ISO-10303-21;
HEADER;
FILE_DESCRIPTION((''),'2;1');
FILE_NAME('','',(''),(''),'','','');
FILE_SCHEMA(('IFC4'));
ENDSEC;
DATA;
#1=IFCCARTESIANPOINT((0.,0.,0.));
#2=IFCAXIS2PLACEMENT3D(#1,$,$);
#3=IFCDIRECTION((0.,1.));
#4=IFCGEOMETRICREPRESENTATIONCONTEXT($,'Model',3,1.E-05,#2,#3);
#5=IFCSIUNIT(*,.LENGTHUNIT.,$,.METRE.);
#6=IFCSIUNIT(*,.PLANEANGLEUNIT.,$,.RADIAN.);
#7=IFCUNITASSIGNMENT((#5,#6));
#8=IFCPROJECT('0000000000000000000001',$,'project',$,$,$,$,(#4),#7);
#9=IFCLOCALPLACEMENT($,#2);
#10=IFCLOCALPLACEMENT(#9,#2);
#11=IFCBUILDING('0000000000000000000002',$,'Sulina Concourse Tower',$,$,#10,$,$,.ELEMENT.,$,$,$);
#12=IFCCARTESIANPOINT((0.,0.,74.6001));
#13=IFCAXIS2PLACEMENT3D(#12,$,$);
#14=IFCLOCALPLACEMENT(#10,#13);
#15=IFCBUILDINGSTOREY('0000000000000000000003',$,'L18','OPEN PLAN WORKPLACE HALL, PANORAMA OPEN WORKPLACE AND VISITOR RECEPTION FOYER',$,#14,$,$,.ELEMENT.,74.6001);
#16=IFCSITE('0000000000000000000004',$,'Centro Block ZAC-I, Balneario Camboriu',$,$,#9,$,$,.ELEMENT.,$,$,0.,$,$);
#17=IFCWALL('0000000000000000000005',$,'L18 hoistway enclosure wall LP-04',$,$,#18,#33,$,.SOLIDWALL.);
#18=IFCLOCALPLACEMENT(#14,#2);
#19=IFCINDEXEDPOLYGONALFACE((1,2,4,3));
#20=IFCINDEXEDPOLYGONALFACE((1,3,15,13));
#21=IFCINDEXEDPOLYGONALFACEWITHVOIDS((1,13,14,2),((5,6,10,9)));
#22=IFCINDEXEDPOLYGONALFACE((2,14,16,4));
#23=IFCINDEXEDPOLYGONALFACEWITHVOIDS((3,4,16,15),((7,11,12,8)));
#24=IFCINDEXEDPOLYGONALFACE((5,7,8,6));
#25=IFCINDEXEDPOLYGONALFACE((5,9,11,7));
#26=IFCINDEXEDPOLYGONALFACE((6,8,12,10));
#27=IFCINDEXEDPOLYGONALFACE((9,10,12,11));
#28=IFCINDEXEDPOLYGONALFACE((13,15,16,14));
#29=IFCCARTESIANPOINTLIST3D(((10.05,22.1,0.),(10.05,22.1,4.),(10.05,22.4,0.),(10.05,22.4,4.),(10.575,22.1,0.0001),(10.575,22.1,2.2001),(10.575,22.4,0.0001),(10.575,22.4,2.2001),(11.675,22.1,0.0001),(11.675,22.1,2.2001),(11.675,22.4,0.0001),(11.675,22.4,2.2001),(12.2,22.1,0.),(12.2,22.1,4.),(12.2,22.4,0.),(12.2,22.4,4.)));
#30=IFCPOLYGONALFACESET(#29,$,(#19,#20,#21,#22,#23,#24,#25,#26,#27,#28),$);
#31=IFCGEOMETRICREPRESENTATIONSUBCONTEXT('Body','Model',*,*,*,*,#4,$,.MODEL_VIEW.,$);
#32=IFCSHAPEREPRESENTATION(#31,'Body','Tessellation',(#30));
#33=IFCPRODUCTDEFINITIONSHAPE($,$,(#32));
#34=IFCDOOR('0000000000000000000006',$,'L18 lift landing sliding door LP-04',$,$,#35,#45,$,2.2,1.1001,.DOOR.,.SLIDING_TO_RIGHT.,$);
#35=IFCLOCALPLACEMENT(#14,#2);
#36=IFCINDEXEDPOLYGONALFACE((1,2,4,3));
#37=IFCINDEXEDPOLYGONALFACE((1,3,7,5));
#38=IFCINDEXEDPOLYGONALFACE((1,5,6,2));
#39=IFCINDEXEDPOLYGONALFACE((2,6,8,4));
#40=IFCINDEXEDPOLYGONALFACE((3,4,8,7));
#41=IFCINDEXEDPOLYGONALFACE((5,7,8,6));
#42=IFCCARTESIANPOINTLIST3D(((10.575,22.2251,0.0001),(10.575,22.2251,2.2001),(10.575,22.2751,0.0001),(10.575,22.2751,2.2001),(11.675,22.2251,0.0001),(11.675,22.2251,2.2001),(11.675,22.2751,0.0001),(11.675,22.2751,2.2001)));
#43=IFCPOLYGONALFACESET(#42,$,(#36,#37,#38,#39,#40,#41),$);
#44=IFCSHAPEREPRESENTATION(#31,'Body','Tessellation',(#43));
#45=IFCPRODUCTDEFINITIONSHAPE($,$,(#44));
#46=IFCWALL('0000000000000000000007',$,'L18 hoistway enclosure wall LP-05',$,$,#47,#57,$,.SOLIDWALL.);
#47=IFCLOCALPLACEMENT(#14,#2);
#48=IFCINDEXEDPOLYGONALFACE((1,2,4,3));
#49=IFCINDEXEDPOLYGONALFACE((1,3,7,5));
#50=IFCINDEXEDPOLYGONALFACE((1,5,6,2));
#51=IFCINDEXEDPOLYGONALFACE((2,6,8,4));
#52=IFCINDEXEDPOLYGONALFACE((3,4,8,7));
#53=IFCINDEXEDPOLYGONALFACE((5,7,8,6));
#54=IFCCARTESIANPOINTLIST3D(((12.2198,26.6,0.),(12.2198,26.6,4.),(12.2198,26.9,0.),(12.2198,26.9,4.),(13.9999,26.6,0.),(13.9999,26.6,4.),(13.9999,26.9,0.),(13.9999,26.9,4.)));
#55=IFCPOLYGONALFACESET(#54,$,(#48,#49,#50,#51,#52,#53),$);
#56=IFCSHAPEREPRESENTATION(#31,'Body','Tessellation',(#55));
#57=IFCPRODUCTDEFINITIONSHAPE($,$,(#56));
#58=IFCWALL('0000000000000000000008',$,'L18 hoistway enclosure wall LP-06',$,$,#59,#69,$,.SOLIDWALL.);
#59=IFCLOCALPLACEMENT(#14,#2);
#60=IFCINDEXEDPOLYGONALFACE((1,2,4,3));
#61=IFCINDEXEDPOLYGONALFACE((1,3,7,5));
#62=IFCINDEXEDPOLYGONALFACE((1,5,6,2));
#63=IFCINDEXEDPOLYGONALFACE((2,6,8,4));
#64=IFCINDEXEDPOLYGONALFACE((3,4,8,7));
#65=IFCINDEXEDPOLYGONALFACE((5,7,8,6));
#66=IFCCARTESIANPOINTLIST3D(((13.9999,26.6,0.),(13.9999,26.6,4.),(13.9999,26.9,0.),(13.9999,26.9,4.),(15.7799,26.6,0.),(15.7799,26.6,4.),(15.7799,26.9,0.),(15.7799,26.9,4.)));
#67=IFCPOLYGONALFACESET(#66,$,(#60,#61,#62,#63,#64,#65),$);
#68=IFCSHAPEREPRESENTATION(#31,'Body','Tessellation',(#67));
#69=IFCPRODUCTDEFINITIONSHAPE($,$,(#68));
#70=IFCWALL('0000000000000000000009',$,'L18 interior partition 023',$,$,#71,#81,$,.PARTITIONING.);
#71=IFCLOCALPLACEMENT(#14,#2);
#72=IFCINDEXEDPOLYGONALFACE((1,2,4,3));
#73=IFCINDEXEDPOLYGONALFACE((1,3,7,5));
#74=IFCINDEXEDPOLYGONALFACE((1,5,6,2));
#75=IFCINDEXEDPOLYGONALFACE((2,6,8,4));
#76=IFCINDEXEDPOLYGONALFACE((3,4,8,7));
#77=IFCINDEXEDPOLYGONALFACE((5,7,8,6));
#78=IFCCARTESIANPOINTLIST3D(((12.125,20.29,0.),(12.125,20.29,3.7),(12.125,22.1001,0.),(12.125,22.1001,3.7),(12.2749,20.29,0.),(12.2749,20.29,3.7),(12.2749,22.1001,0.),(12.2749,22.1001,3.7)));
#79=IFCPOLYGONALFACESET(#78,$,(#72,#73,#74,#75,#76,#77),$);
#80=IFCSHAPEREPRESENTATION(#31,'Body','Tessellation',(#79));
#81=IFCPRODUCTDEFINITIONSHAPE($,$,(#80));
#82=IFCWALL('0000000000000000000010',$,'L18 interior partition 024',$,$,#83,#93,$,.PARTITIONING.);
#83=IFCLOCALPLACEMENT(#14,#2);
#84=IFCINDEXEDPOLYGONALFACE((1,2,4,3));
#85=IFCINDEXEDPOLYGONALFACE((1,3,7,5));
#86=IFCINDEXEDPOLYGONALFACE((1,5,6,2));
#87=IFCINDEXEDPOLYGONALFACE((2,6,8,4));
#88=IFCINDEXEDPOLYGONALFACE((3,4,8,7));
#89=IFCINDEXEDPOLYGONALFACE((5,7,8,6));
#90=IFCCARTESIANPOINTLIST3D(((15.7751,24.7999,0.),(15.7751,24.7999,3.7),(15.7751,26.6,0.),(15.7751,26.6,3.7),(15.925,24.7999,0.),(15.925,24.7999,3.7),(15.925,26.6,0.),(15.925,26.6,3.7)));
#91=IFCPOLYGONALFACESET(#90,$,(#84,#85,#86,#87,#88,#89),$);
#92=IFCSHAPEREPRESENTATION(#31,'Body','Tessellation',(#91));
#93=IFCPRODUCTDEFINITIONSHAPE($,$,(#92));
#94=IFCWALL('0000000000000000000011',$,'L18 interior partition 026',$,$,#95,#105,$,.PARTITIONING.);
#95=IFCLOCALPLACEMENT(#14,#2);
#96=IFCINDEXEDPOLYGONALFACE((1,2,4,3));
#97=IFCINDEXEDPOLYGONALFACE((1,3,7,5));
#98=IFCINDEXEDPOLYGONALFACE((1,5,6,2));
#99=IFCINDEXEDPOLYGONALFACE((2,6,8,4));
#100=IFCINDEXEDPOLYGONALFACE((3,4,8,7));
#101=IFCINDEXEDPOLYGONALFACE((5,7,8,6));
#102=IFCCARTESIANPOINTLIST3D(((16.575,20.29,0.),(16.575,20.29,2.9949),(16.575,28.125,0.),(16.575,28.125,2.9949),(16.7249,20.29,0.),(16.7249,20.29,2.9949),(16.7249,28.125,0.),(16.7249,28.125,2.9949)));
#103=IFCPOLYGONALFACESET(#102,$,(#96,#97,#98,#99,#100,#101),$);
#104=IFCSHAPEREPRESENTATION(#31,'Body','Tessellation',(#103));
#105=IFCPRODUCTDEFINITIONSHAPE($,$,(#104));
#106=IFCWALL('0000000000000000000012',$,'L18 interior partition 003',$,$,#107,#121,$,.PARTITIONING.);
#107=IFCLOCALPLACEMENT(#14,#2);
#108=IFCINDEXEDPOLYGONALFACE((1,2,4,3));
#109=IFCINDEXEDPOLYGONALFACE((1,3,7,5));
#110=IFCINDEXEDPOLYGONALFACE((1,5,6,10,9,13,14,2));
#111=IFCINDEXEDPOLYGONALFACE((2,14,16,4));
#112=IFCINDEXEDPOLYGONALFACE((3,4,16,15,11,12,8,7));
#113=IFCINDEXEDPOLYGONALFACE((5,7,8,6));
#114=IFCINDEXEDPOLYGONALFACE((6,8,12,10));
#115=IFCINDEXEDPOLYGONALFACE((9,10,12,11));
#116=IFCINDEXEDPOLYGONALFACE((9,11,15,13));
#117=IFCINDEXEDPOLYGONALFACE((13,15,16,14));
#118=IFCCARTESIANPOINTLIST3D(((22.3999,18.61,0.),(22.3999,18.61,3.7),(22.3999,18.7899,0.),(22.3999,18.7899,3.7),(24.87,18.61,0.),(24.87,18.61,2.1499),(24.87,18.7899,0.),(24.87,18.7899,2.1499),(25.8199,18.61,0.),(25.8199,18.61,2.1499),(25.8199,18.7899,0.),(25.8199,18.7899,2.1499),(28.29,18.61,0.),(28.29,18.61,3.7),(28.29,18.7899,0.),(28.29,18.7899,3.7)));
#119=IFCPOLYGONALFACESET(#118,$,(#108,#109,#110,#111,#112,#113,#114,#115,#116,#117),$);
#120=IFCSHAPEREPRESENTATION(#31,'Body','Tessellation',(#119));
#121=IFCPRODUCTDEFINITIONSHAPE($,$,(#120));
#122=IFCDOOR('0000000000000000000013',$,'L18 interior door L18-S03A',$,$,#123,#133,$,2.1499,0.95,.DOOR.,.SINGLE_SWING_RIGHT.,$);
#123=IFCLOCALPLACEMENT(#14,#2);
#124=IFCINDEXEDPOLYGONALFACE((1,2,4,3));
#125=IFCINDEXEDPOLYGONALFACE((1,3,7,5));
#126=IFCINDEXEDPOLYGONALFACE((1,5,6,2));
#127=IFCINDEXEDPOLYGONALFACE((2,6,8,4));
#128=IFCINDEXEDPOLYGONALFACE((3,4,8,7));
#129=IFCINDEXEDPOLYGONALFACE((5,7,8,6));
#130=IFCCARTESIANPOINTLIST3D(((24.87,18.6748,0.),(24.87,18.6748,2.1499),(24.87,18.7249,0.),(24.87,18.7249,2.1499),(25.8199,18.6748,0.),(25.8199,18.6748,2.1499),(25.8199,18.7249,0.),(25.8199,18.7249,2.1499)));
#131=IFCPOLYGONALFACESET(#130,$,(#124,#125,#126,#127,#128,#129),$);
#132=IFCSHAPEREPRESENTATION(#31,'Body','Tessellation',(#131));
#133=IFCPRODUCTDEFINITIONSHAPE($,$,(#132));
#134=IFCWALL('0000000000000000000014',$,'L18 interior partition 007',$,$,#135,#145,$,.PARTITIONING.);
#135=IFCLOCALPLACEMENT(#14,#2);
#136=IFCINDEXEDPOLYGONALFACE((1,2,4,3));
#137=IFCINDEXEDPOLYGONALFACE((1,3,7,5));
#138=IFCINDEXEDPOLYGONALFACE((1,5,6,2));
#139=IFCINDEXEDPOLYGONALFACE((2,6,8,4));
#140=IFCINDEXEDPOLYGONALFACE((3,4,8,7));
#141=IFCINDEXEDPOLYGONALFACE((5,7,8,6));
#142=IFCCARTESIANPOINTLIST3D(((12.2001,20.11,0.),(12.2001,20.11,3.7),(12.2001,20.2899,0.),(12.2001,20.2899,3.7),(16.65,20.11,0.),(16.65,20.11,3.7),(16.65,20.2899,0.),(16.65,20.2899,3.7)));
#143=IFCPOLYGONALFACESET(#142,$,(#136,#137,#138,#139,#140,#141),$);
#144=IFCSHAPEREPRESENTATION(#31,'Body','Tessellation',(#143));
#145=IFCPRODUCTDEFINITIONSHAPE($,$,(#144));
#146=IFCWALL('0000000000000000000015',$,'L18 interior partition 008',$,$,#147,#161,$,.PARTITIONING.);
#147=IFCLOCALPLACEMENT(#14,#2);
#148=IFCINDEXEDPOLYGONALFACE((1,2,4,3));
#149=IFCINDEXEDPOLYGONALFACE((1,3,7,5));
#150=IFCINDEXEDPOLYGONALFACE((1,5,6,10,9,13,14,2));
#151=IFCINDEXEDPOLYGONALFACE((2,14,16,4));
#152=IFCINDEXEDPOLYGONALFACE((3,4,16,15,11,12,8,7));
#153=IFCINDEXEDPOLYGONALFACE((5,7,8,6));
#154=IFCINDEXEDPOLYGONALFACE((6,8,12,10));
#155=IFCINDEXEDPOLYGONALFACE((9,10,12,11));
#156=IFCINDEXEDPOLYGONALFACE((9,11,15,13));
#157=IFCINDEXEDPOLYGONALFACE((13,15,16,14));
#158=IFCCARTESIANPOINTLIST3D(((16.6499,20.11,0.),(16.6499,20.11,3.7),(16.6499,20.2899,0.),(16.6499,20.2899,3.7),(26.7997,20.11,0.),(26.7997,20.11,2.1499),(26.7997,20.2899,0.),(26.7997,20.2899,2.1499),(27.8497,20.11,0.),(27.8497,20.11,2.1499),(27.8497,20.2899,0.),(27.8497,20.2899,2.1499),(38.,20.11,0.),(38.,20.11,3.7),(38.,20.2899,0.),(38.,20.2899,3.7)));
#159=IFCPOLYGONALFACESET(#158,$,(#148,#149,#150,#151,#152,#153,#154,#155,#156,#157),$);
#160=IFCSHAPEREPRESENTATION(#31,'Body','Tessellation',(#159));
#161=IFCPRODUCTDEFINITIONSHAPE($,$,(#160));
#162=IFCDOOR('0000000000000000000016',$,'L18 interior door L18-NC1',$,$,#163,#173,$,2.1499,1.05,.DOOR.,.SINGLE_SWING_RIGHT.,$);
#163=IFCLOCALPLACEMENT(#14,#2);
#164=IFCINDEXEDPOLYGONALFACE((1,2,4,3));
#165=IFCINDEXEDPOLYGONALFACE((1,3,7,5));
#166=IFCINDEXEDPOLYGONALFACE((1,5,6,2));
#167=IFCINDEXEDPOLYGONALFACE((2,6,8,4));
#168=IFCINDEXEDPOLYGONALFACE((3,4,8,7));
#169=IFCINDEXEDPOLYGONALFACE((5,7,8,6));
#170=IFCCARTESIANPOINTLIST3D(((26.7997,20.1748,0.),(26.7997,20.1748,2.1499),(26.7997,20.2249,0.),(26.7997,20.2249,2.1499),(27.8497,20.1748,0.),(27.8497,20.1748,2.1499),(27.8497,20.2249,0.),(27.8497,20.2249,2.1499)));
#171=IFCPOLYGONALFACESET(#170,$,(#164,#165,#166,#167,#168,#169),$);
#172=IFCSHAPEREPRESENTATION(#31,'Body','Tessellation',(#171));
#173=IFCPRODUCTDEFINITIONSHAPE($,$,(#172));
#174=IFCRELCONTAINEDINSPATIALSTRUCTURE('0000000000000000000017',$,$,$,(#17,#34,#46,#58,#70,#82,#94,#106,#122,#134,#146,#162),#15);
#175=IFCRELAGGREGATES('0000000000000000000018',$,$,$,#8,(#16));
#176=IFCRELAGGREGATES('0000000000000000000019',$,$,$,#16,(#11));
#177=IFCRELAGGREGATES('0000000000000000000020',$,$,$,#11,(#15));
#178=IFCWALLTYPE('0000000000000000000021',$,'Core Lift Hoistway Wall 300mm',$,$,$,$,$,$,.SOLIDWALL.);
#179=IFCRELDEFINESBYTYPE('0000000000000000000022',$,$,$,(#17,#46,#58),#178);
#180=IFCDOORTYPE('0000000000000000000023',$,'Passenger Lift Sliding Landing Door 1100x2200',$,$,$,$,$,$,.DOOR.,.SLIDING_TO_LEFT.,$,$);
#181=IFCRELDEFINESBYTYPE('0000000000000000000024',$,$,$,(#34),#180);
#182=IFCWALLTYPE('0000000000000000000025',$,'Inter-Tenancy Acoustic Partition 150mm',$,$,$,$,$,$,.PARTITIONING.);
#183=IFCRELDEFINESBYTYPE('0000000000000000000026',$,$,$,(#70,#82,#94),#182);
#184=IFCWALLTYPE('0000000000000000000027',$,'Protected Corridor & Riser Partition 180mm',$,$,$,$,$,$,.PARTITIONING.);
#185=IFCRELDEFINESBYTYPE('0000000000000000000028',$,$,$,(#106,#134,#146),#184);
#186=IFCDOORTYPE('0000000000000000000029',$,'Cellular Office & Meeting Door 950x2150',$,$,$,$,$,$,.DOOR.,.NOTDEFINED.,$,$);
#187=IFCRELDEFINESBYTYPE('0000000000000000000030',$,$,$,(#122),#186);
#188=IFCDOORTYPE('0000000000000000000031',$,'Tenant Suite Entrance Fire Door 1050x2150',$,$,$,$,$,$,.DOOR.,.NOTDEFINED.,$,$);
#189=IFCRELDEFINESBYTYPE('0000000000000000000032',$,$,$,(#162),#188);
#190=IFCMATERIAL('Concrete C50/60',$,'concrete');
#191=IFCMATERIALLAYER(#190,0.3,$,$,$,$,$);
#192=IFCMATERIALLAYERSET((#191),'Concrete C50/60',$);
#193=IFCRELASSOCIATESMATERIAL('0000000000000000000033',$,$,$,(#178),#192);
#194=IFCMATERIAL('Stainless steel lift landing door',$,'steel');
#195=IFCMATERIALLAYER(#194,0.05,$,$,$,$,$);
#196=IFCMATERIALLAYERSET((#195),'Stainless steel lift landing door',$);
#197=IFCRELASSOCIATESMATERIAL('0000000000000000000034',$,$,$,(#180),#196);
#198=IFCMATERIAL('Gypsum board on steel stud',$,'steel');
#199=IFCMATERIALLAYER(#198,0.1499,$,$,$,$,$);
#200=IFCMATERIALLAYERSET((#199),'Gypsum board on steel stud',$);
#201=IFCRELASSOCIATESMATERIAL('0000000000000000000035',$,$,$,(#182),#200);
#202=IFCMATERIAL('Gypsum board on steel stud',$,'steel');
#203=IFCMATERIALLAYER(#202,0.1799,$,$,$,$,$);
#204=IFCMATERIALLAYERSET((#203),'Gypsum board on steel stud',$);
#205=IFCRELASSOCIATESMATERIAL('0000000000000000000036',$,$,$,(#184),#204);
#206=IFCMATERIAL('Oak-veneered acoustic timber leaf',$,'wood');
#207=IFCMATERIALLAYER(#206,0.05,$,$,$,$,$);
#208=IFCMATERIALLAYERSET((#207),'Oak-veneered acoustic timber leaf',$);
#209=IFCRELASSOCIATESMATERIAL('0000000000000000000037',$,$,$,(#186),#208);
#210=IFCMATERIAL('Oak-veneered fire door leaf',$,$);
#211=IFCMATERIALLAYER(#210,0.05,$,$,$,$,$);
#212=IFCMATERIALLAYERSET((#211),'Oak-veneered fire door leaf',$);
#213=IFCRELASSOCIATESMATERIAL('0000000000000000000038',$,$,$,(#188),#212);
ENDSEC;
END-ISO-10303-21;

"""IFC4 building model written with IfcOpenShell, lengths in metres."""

from ifc_helpers import new_model, si_unit, direction, frame, frame_2d, origin, place, context, subcontext, project, spatial, rectangle, extrude, material, layer, layer_set, type_object, element, fill, save


model = new_model("IFC4")

# Units and contexts
model_context = context("Model", 3, precision=1e-05, world=origin(), true_north=direction((0.0, 1.0)))
body_context = subcontext(model_context, "Body", "Model", "MODEL_VIEW")
ifc_project = project(units=[si_unit("LENGTHUNIT", "METRE"), si_unit("PLANEANGLEUNIT", "RADIAN")], contexts=[model_context])

# Site, building, storey
site_placement = place(None, origin())
site = spatial("IfcSite", under=ifc_project, at=site_placement, Name="Centro Block ZAC-I, Balneario Camboriu", CompositionType="ELEMENT", RefElevation=0.0)
building_placement = place(site_placement, origin())
building = spatial("IfcBuilding", under=site, at=building_placement, Name="Sulina Concourse Tower", CompositionType="ELEMENT")
storey_placement = place(building_placement, frame((0.0, 0.0, 74.6001)))
storey = spatial("IfcBuildingStorey", under=building, at=storey_placement, Name="L18", Description="OPEN PLAN WORKPLACE HALL, PANORAMA OPEN WORKPLACE AND VISITOR RECEPTION FOYER", CompositionType="ELEMENT", Elevation=74.6001)

# Wall, opening, door
ifc_material_1 = material(Name="Concrete C50/60", Category="concrete")
ifc_layer_1 = layer(ifc_material_1, 0.3)
ifc_layer_set_1 = layer_set([ifc_layer_1], Name="Concrete C50/60")
wall_type_1 = type_object("IfcWallType", Name="Core Lift Hoistway Wall 300mm", PredefinedType="SOLIDWALL", material=ifc_layer_set_1)
wall_1_placement = place(storey_placement, frame((12.2, 22.25, 0.0), z_axis=(0.0, 0.0, 1.0), x_axis=(-1.0, 0.0, 0.0)))
wall_1 = element("IfcWall", 1, at=wall_1_placement, inside=storey, type_object=wall_type_1, Name="L18 hoistway enclosure wall LP-04", PredefinedType="SOLIDWALL", context=body_context, shape_type="SweptSolid", body=[
    extrude(rectangle(XDim=2.1499, YDim=0.3, at=frame_2d((1.075, 0.0))), origin(), (0.0, 0.0, 1.0), 4.0),
])
opening_1_placement = place(wall_1_placement, frame((0.5249, 0.0, 0.0)))
opening_1 = element("IfcOpeningElement", 2, at=opening_1_placement, cuts=wall_1, PredefinedType="OPENING", context=body_context, shape_type="SweptSolid", body=[
    extrude(rectangle(XDim=1.1001, YDim=2.2, at=frame_2d((0.55, 1.1001))), frame((0.0, 0.1599, 0.0), z_axis=(0.0, -1.0, 0.0), x_axis=(1.0, 0.0, 0.0)), (0.0, 0.0, 1.0), 0.3201),
])
ifc_material_2 = material(Name="Stainless steel lift landing door", Category="steel")
ifc_layer_2 = layer(ifc_material_2, 0.05)
ifc_layer_set_2 = layer_set([ifc_layer_2], Name="Stainless steel lift landing door")
door_type_1 = type_object("IfcDoorType", Name="Passenger Lift Sliding Landing Door 1100x2200", OperationType="SLIDING_TO_LEFT", PredefinedType="DOOR", material=ifc_layer_set_2)
door_1_placement = place(opening_1_placement, origin())
door_1 = element("IfcDoor", 3, at=door_1_placement, inside=storey, type_object=door_type_1, Name="L18 lift landing sliding door LP-04", OperationType="SLIDING_TO_RIGHT", OverallHeight=2.2, OverallWidth=1.1001, PredefinedType="DOOR", context=body_context, shape_type="SweptSolid", body=[
    extrude(rectangle(XDim=1.1001, YDim=2.2, at=frame_2d((0.55, 1.1001))), frame((0.0, 0.0249, 0.0), z_axis=(0.0, -1.0, 0.0), x_axis=(1.0, 0.0, 0.0)), (0.0, 0.0, 1.0), 0.05),
])
fill(opening_1, door_1)

# Walls
for number, where, z_axis, x_axis, name in (
    (4, (14.0, 26.75, 0.0), (0.0, 0.0, 1.0), (-1.0, 0.0, 0.0), "L18 hoistway enclosure wall LP-05"),
    (5, (15.78, 26.75, 0.0), (0.0, 0.0, 1.0), (-1.0, 0.0, 0.0), "L18 hoistway enclosure wall LP-06"),
):
    element("IfcWall", number, at=place(storey_placement, frame(where, z_axis=z_axis, x_axis=x_axis)), inside=storey, type_object=wall_type_1, Name=name, PredefinedType="SOLIDWALL", context=body_context, shape_type="SweptSolid", body=[
        extrude(rectangle(XDim=1.78, YDim=0.3, at=frame_2d((0.8901, 0.0))), origin(), (0.0, 0.0, 1.0), 4.0),
    ])
ifc_material_3 = material(Name="Gypsum board on steel stud", Category="steel")
ifc_layer_3 = layer(ifc_material_3, 0.1499)
ifc_layer_set_3 = layer_set([ifc_layer_3], Name="Gypsum board on steel stud")
wall_type_2 = type_object("IfcWallType", Name="Inter-Tenancy Acoustic Partition 150mm", PredefinedType="PARTITIONING", material=ifc_layer_set_3)
wall_2_placement = place(storey_placement, frame((12.2, 20.29, 0.0), z_axis=(0.0, 0.0, 1.0), x_axis=(0.0, 1.0, 0.0)))
element("IfcWall", 6, at=wall_2_placement, inside=storey, type_object=wall_type_2, Name="L18 interior partition 023", PredefinedType="PARTITIONING", context=body_context, shape_type="SweptSolid", body=[
    extrude(rectangle(XDim=1.8101, YDim=0.1499, at=frame_2d((0.905, 0.0))), origin(), (0.0, 0.0, 1.0), 3.7),
])
wall_3_placement = place(storey_placement, frame((15.8501, 24.8, 0.0), z_axis=(0.0, 0.0, 1.0), x_axis=(0.0, 1.0, 0.0)))
element("IfcWall", 7, at=wall_3_placement, inside=storey, type_object=wall_type_2, Name="L18 interior partition 024", PredefinedType="PARTITIONING", context=body_context, shape_type="SweptSolid", body=[
    extrude(rectangle(XDim=1.8, YDim=0.1499, at=frame_2d((0.8999, 0.0))), origin(), (0.0, 0.0, 1.0), 3.7),
])
wall_4_placement = place(storey_placement, frame((16.6499, 20.29, 0.0), z_axis=(0.0, 0.0, 1.0), x_axis=(0.0, 1.0, 0.0)))
element("IfcWall", 8, at=wall_4_placement, inside=storey, type_object=wall_type_2, Name="L18 interior partition 026", PredefinedType="PARTITIONING", context=body_context, shape_type="SweptSolid", body=[
    extrude(rectangle(XDim=7.835, YDim=0.1499, at=frame_2d((3.9175, 0.0))), origin(), (0.0, 0.0, 1.0), 2.9949),
])

# Wall, opening, door
ifc_material_4 = material(Name="Gypsum board on steel stud", Category="steel")
ifc_layer_4 = layer(ifc_material_4, 0.1799)
ifc_layer_set_4 = layer_set([ifc_layer_4], Name="Gypsum board on steel stud")
wall_type_3 = type_object("IfcWallType", Name="Protected Corridor & Riser Partition 180mm", PredefinedType="PARTITIONING", material=ifc_layer_set_4)
wall_5_placement = place(storey_placement, frame((22.3999, 18.7, 0.0), z_axis=(0.0, 0.0, 1.0), x_axis=(1.0, 0.0, 0.0)))
wall_5 = element("IfcWall", 9, at=wall_5_placement, inside=storey, type_object=wall_type_3, Name="L18 interior partition 003", PredefinedType="PARTITIONING", context=body_context, shape_type="SweptSolid", body=[
    extrude(rectangle(XDim=5.8901, YDim=0.1799, at=frame_2d((2.9451, 0.0))), origin(), (0.0, 0.0, 1.0), 3.7),
])
opening_2_placement = place(wall_5_placement, frame((2.47, 0.0, 0.0)))
opening_2 = element("IfcOpeningElement", 10, at=opening_2_placement, cuts=wall_5, PredefinedType="OPENING", context=body_context, shape_type="SweptSolid", body=[
    extrude(rectangle(XDim=0.95, YDim=2.1499, at=frame_2d((0.4751, 1.075))), frame((0.0, 0.0999, 0.0), z_axis=(0.0, -1.0, 0.0), x_axis=(1.0, 0.0, 0.0)), (0.0, 0.0, 1.0), 0.2),
])
ifc_material_5 = material(Name="Oak-veneered acoustic timber leaf", Category="wood")
ifc_layer_5 = layer(ifc_material_5, 0.05)
ifc_layer_set_5 = layer_set([ifc_layer_5], Name="Oak-veneered acoustic timber leaf")
door_type_2 = type_object("IfcDoorType", Name="Cellular Office & Meeting Door 950x2150", OperationType="NOTDEFINED", PredefinedType="DOOR", material=ifc_layer_set_5)
door_2_placement = place(opening_2_placement, origin())
door_2 = element("IfcDoor", 11, at=door_2_placement, inside=storey, type_object=door_type_2, Name="L18 interior door L18-S03A", OperationType="SINGLE_SWING_RIGHT", OverallHeight=2.1499, OverallWidth=0.95, PredefinedType="DOOR", context=body_context, shape_type="SweptSolid", body=[
    extrude(rectangle(XDim=0.95, YDim=2.1499, at=frame_2d((0.4751, 1.075))), frame((0.0, 0.0249, 0.0), z_axis=(0.0, -1.0, 0.0), x_axis=(1.0, 0.0, 0.0)), (0.0, 0.0, 1.0), 0.05),
])
fill(opening_2, door_2)

# Wall
wall_6_placement = place(storey_placement, frame((12.2, 20.2, 0.0), z_axis=(0.0, 0.0, 1.0), x_axis=(1.0, 0.0, 0.0)))
element("IfcWall", 12, at=wall_6_placement, inside=storey, type_object=wall_type_3, Name="L18 interior partition 007", PredefinedType="PARTITIONING", context=body_context, shape_type="SweptSolid", body=[
    extrude(rectangle(XDim=4.45, YDim=0.1799, at=frame_2d((2.2251, 0.0))), origin(), (0.0, 0.0, 1.0), 3.7),
])

# Wall, opening, door
wall_7_placement = place(storey_placement, frame((16.6499, 20.2, 0.0), z_axis=(0.0, 0.0, 1.0), x_axis=(1.0, 0.0, 0.0)))
wall_7 = element("IfcWall", 13, at=wall_7_placement, inside=storey, type_object=wall_type_3, Name="L18 interior partition 008", PredefinedType="PARTITIONING", context=body_context, shape_type="SweptSolid", body=[
    extrude(rectangle(XDim=21.3501, YDim=0.1799, at=frame_2d((10.675, 0.0))), origin(), (0.0, 0.0, 1.0), 3.7),
])
opening_3_placement = place(wall_7_placement, frame((10.1499, 0.0, 0.0)))
opening_3 = element("IfcOpeningElement", 14, at=opening_3_placement, cuts=wall_7, PredefinedType="OPENING", context=body_context, shape_type="SweptSolid", body=[
    extrude(rectangle(XDim=1.05, YDim=2.1499, at=frame_2d((0.5249, 1.075))), frame((0.0, 0.0999, 0.0), z_axis=(0.0, -1.0, 0.0), x_axis=(1.0, 0.0, 0.0)), (0.0, 0.0, 1.0), 0.2),
])
ifc_material_6 = material(Name="Oak-veneered fire door leaf")
ifc_layer_6 = layer(ifc_material_6, 0.05)
ifc_layer_set_6 = layer_set([ifc_layer_6], Name="Oak-veneered fire door leaf")
door_type_3 = type_object("IfcDoorType", Name="Tenant Suite Entrance Fire Door 1050x2150", OperationType="NOTDEFINED", PredefinedType="DOOR", material=ifc_layer_set_6)
door_3_placement = place(opening_3_placement, origin())
door_3 = element("IfcDoor", 15, at=door_3_placement, inside=storey, type_object=door_type_3, Name="L18 interior door L18-NC1", OperationType="SINGLE_SWING_RIGHT", OverallHeight=2.1499, OverallWidth=1.05, PredefinedType="DOOR", context=body_context, shape_type="SweptSolid", body=[
    extrude(rectangle(XDim=1.05, YDim=2.1499, at=frame_2d((0.5249, 1.075))), frame((0.0, 0.0249, 0.0), z_axis=(0.0, -1.0, 0.0), x_axis=(1.0, 0.0, 0.0)), (0.0, 0.0, 1.0), 0.05),
])
fill(opening_3, door_3)

save(model, "model.ifc")
